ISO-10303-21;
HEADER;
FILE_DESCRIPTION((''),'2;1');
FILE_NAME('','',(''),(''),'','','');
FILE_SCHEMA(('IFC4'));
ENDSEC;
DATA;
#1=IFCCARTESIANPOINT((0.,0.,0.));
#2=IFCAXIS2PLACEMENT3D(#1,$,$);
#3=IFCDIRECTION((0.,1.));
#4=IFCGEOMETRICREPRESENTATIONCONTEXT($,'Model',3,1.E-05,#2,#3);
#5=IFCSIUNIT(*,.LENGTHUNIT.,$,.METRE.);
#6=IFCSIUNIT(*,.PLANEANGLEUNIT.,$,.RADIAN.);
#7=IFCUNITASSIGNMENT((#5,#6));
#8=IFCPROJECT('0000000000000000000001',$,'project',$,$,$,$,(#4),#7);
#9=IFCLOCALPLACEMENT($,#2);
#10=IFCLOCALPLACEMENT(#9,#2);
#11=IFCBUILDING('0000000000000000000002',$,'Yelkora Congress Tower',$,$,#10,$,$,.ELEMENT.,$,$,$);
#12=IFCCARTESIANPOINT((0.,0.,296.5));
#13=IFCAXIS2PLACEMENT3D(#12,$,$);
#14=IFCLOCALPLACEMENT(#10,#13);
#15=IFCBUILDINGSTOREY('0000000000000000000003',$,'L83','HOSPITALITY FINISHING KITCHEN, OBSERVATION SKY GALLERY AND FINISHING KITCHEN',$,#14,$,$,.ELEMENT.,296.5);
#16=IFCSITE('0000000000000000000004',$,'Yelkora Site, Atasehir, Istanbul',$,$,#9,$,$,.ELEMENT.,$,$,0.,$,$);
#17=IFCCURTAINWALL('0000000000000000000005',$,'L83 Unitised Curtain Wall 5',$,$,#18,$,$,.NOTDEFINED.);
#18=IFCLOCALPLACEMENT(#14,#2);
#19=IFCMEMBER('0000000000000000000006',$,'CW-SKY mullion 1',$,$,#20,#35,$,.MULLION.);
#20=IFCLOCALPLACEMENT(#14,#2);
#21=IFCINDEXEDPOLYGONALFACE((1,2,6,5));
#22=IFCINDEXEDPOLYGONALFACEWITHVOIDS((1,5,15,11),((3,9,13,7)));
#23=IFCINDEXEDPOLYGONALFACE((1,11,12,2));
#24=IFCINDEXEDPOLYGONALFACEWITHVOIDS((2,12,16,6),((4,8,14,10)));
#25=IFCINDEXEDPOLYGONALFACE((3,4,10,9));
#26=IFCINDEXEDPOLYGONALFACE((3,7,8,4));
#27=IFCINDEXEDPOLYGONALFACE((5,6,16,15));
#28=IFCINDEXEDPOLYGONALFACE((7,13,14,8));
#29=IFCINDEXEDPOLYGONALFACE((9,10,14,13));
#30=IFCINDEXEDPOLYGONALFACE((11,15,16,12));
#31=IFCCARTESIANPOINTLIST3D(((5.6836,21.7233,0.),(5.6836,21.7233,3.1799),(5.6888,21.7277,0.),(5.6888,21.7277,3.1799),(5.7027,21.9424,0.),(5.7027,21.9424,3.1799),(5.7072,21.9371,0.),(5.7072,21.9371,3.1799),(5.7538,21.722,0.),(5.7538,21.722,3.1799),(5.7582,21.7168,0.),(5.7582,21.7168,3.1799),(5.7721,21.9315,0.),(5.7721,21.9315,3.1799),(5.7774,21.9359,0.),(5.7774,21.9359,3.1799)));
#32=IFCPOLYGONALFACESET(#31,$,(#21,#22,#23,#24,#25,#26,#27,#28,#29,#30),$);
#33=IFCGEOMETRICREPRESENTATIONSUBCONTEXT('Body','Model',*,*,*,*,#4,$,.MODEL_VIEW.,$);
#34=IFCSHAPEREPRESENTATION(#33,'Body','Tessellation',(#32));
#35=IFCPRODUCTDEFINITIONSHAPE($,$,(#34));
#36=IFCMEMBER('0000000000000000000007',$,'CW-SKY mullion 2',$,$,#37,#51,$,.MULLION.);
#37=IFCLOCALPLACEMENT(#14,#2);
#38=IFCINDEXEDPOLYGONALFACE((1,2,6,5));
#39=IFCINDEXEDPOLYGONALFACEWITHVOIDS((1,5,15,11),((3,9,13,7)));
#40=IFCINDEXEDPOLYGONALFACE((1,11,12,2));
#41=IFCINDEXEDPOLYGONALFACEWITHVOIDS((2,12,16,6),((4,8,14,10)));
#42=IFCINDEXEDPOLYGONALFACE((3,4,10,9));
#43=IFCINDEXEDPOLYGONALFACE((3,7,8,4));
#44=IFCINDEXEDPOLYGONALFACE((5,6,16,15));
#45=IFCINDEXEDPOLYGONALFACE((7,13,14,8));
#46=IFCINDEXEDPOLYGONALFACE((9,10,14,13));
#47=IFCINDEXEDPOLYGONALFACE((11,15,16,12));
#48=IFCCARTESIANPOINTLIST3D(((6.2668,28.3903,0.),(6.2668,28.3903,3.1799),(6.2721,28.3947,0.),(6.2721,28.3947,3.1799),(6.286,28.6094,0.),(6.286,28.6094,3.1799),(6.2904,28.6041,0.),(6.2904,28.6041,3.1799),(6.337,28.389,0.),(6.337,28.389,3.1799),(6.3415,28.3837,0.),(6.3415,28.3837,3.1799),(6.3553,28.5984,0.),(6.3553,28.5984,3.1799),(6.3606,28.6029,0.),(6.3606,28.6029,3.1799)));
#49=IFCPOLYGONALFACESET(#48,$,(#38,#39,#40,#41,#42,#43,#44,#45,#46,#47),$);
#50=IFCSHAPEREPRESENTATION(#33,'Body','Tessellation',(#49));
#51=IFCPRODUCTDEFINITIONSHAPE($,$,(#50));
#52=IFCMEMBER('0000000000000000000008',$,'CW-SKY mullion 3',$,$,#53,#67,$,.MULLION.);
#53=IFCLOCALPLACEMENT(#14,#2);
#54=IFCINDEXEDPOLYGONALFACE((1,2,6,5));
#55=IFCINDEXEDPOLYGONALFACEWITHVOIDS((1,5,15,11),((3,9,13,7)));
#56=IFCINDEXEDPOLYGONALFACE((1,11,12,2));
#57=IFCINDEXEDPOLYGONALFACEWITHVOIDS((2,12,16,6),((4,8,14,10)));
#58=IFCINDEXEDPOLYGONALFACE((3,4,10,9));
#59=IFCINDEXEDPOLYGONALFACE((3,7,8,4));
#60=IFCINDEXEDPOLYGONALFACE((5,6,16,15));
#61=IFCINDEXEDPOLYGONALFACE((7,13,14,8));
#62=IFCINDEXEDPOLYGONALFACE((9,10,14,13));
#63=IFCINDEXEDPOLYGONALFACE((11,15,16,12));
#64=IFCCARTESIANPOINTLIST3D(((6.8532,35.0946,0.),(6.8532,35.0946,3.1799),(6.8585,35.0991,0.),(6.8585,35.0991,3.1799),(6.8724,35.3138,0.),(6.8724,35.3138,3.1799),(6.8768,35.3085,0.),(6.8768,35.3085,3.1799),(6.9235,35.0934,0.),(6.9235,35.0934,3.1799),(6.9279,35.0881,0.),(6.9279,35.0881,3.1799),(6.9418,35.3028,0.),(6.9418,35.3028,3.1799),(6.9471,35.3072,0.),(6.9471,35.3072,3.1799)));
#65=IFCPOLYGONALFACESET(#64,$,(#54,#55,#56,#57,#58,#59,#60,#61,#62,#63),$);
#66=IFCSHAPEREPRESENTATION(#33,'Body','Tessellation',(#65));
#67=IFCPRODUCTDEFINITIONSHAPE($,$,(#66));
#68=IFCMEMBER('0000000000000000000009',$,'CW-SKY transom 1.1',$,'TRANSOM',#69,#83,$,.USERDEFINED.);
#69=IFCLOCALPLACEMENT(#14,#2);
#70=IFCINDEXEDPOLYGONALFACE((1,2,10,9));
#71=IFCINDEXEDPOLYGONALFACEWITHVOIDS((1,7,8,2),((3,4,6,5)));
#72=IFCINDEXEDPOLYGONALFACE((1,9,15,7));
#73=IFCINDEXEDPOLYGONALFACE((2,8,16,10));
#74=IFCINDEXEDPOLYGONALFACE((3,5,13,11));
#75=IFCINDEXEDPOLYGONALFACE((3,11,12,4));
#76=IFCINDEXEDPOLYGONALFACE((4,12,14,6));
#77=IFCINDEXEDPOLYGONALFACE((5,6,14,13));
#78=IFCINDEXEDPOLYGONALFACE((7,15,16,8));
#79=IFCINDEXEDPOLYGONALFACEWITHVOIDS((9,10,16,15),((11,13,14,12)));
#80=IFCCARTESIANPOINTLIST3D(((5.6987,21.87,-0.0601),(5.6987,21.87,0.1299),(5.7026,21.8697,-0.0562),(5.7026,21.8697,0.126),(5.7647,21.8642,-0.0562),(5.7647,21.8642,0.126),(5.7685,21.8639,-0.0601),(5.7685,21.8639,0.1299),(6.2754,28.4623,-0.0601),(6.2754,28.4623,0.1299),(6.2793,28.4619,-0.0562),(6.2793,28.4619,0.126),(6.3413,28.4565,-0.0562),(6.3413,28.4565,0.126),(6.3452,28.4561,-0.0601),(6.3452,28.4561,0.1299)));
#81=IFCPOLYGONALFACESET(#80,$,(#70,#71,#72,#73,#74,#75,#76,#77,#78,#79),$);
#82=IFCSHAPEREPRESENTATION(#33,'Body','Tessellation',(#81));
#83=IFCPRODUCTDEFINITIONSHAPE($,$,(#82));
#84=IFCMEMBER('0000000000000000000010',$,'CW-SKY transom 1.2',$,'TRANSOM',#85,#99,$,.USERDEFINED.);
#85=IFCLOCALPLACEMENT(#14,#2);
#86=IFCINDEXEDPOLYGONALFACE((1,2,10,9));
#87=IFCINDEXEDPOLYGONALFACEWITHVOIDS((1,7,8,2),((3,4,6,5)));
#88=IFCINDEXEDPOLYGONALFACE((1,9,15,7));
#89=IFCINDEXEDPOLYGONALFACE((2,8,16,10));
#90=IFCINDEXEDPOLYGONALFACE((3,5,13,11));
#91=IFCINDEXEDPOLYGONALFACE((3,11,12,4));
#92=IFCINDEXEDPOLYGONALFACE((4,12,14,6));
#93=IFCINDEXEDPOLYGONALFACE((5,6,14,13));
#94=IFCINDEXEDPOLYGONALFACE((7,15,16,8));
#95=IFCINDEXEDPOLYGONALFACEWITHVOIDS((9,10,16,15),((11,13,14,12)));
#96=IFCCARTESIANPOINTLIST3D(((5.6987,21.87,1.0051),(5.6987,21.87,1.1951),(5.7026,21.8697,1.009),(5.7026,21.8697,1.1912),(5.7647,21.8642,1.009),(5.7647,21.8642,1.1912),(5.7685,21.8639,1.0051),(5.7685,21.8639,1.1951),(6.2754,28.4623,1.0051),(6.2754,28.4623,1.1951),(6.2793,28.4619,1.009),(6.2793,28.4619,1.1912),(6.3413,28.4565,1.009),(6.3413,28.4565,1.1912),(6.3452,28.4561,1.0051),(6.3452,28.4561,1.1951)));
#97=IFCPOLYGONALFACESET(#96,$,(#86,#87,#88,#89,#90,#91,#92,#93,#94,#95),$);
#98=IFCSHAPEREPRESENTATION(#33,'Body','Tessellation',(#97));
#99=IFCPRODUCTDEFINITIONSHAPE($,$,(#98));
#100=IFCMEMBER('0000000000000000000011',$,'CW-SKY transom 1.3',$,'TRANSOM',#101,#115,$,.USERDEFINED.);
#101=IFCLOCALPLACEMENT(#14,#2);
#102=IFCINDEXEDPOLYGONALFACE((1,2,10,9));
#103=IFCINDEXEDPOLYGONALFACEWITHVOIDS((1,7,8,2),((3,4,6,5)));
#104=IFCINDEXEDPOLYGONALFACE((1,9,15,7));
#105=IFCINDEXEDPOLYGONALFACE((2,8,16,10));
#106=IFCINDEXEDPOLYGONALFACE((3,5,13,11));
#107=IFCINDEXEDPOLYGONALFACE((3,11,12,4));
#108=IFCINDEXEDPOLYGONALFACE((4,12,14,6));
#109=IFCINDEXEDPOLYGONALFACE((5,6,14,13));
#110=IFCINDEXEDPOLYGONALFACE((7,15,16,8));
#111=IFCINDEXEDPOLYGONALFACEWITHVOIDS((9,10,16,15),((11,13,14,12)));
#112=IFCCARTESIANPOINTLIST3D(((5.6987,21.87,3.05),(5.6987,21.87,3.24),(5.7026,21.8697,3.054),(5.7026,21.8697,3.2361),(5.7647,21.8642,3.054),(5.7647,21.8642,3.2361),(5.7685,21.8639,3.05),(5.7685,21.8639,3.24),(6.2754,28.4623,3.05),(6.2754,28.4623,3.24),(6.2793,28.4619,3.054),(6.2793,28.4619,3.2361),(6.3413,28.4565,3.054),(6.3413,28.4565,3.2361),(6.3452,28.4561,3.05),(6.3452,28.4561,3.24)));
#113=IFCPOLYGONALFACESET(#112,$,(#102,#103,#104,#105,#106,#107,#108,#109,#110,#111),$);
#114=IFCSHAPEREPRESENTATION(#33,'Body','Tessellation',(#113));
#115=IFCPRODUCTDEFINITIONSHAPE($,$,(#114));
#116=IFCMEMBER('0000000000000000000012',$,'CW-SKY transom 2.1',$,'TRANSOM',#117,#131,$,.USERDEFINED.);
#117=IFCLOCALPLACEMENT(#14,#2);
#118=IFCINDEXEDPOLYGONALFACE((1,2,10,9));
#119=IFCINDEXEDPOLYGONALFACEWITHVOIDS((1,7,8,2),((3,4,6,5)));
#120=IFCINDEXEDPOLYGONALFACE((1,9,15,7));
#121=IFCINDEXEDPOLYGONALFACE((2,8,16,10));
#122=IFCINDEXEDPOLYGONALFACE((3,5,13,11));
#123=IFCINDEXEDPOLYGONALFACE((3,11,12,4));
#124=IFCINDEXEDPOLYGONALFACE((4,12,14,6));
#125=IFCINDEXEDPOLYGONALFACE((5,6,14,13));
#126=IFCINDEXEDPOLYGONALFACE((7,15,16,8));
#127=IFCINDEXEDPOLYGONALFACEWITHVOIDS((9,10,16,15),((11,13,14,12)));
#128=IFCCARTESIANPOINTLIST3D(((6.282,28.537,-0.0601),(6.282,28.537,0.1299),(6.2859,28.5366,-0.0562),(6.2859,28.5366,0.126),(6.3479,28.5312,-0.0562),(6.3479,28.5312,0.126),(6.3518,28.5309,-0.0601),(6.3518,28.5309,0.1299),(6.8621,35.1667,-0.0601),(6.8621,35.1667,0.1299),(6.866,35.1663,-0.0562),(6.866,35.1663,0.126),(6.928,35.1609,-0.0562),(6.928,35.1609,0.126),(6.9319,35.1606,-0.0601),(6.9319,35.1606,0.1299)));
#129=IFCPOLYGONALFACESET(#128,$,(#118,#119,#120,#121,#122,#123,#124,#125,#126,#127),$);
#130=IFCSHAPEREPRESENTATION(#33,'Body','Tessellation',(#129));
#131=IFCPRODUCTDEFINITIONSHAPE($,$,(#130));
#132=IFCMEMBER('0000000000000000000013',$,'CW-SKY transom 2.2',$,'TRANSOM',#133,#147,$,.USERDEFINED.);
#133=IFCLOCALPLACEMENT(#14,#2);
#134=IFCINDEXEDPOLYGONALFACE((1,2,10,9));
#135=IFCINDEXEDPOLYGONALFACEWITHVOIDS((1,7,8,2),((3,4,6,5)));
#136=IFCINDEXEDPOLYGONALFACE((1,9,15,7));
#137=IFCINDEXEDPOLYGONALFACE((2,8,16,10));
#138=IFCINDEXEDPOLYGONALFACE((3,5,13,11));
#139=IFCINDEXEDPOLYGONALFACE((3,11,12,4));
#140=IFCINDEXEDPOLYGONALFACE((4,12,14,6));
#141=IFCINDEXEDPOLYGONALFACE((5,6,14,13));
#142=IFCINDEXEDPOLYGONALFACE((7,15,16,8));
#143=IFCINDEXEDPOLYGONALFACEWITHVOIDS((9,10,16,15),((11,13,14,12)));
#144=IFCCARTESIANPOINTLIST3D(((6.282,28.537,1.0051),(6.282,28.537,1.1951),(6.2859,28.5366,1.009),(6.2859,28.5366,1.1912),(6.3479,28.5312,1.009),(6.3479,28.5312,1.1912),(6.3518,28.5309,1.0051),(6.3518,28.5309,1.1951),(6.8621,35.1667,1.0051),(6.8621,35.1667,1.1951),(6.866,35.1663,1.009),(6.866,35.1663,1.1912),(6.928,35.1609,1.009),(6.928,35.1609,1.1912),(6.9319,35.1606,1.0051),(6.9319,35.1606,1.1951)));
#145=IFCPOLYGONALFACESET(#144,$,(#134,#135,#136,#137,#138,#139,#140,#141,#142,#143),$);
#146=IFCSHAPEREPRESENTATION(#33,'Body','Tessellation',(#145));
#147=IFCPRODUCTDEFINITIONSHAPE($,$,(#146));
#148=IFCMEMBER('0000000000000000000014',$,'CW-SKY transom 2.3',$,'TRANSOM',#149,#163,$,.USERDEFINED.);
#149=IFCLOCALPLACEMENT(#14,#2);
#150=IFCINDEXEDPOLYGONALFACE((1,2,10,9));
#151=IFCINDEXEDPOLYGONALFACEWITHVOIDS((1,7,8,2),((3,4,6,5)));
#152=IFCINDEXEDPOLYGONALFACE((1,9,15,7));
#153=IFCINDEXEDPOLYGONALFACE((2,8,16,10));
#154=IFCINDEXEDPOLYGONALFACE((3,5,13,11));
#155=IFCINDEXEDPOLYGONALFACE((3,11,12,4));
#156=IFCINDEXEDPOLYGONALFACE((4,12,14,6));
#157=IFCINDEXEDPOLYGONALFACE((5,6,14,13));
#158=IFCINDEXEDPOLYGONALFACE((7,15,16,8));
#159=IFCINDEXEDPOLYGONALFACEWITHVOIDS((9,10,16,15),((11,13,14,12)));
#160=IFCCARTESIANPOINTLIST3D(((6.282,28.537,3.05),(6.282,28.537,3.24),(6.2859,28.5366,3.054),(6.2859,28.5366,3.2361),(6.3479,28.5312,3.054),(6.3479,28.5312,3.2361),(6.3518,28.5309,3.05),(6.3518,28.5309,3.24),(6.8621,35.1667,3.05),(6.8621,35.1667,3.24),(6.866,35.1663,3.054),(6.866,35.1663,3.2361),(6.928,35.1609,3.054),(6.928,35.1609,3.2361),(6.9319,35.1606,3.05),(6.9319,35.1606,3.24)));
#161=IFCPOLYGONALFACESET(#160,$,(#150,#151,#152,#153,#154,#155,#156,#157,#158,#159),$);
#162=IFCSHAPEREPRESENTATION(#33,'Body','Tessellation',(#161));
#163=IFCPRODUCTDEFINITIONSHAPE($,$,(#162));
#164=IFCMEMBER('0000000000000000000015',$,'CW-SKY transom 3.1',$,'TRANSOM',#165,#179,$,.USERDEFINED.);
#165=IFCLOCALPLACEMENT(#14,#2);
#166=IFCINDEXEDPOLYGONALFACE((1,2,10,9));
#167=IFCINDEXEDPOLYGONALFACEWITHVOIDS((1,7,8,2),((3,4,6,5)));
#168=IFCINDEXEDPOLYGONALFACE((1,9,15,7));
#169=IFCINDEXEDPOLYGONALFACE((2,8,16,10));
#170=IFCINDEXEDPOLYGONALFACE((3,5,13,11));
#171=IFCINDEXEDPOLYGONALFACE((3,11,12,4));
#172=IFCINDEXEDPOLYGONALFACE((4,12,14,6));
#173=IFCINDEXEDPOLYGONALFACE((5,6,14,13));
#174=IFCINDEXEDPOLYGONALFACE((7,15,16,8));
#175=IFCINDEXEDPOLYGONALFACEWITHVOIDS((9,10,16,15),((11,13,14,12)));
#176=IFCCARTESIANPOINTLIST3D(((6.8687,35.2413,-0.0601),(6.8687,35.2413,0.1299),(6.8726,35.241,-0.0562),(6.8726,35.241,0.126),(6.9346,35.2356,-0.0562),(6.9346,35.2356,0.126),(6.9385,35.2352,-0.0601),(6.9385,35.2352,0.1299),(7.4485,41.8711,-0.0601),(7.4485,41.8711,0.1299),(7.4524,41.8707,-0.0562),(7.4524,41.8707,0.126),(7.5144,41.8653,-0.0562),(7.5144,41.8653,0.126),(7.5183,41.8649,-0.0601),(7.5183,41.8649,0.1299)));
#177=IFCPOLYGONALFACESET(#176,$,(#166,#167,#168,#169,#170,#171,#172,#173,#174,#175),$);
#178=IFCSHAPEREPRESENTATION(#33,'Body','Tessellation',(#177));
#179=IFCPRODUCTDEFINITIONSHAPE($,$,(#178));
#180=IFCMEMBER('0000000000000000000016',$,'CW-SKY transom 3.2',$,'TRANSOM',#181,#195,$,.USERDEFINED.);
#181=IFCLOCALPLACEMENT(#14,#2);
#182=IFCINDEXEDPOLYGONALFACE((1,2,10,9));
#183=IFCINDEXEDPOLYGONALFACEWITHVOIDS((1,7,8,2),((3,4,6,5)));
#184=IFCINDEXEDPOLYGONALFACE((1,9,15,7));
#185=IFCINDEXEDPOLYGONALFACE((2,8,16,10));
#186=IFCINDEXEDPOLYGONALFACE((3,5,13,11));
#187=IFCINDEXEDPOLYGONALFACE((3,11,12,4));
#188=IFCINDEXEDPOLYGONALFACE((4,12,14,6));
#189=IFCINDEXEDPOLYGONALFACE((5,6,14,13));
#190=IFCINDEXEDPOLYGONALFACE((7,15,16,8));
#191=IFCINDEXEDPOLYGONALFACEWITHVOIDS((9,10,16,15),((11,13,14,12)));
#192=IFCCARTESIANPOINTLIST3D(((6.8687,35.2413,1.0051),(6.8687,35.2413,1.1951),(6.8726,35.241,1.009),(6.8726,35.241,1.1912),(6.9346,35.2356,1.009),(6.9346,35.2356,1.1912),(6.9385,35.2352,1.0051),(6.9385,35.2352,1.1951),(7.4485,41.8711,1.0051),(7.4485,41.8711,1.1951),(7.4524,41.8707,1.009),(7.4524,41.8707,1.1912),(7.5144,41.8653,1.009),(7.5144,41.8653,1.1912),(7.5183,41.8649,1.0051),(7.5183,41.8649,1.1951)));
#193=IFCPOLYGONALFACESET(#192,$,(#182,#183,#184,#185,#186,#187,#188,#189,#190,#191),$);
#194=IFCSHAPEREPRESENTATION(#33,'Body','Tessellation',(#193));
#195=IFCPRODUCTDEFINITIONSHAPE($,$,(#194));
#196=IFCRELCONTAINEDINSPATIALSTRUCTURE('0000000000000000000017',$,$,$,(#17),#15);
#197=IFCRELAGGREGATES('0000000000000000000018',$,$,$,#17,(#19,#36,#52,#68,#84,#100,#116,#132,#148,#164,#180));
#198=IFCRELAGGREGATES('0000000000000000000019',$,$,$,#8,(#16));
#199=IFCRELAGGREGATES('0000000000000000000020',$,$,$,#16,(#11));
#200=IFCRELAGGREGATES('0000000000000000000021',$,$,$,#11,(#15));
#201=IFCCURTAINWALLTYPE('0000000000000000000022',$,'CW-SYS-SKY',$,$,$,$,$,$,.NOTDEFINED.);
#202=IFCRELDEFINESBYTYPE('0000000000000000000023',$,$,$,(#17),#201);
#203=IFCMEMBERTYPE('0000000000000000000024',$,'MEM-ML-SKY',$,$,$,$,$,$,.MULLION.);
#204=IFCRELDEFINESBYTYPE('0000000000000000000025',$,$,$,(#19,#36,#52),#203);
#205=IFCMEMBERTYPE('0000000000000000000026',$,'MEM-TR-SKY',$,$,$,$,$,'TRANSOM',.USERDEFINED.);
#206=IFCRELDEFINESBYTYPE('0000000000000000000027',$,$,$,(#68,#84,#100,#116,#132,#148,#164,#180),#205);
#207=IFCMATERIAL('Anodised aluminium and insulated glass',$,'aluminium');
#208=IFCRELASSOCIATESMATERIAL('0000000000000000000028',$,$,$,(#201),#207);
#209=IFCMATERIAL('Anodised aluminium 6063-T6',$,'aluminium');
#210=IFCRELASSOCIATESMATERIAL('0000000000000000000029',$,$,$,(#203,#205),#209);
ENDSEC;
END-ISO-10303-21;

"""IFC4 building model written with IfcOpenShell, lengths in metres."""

from ifc_helpers import new_model, si_unit, direction, frame, origin, origin_2d, place, context, subcontext, project, spatial, hollow_rectangle, extrude, material, material_profile, profile_set, type_object, element, aggregate, save


model = new_model("IFC4")

# Units and contexts
model_context = context("Model", 3, precision=1e-05, world=origin(), true_north=direction((0.0, 1.0)))
body_context = subcontext(model_context, "Body", "Model", "MODEL_VIEW")
ifc_project = project(units=[si_unit("LENGTHUNIT", "METRE"), si_unit("PLANEANGLEUNIT", "RADIAN")], contexts=[model_context])

# Site, building, storey
site_placement = place(None, origin())
site = spatial("IfcSite", under=ifc_project, at=site_placement, Name="Yelkora Site, Atasehir, Istanbul", CompositionType="ELEMENT", RefElevation=0.0)
building_placement = place(site_placement, origin())
building = spatial("IfcBuilding", under=site, at=building_placement, Name="Yelkora Congress Tower", CompositionType="ELEMENT")
storey_placement = place(building_placement, frame((0.0, 0.0, 296.5)))
storey = spatial("IfcBuildingStorey", under=building, at=storey_placement, Name="L83", Description="HOSPITALITY FINISHING KITCHEN, OBSERVATION SKY GALLERY AND FINISHING KITCHEN", CompositionType="ELEMENT", Elevation=296.5)

# Curtain wall, members
ifc_material_1 = material(Name="Anodised aluminium and insulated glass", Category="aluminium")
curtain_wall_type = type_object("IfcCurtainWallType", Name="CW-SYS-SKY", PredefinedType="NOTDEFINED", material=ifc_material_1)
curtain_wall_placement = place(storey_placement, origin())
curtain_wall = element("IfcCurtainWall", 1, at=curtain_wall_placement, inside=storey, type_object=curtain_wall_type, Name="L83 Unitised Curtain Wall 5", PredefinedType="NOTDEFINED")
ifc_material_2 = material(Name="Anodised aluminium 6063-T6", Category="aluminium")
ifc_material_profile_1 = material_profile(ifc_material_2, hollow_rectangle(XDim=0.075, YDim=0.22, WallThickness=0.0049, at=origin_2d()), Name="ALU 75x220x5")
ifc_profile_set_1 = profile_set([ifc_material_profile_1], Name="Anodised aluminium 6063-T6")
member_type_1 = type_object("IfcMemberType", Name="MEM-ML-SKY", PredefinedType="MULLION", material=ifc_profile_set_1)
member_1_placement = place(storey_placement, frame((5.7305, 21.8296, 0.0), z_axis=(0.0, 0.0, 1.0), x_axis=(-0.996195, 0.087155, 0.0)))
member_1 = element("IfcMember", 2, at=member_1_placement, type_object=member_type_1, Name="CW-SKY mullion 1", PredefinedType="MULLION", context=body_context, shape_type="SweptSolid", body=[
    extrude(hollow_rectangle(XDim=0.075, YDim=0.22, WallThickness=0.0049, at=origin_2d()), origin(), (0.0, 0.0, 1.0), 3.1799),
])
member_2_placement = place(storey_placement, frame((6.3137, 28.4966, 0.0), z_axis=(0.0, 0.0, 1.0), x_axis=(-0.996195, 0.087155, 0.0)))
member_2 = element("IfcMember", 3, at=member_2_placement, type_object=member_type_1, Name="CW-SKY mullion 2", PredefinedType="MULLION", context=body_context, shape_type="SweptSolid", body=[
    extrude(hollow_rectangle(XDim=0.075, YDim=0.22, WallThickness=0.0049, at=origin_2d()), origin(), (0.0, 0.0, 1.0), 3.1799),
])
member_3_placement = place(storey_placement, frame((6.9001, 35.2009, 0.0), z_axis=(0.0, 0.0, 1.0), x_axis=(-0.996195, 0.087155, 0.0)))
member_3 = element("IfcMember", 4, at=member_3_placement, type_object=member_type_1, Name="CW-SKY mullion 3", PredefinedType="MULLION", context=body_context, shape_type="SweptSolid", body=[
    extrude(hollow_rectangle(XDim=0.075, YDim=0.22, WallThickness=0.0049, at=origin_2d()), origin(), (0.0, 0.0, 1.0), 3.1799),
])
ifc_material_profile_2 = material_profile(ifc_material_2, hollow_rectangle(XDim=0.0701, YDim=0.1899, WallThickness=0.0039, at=origin_2d()), Name="ALU 70x190x4")
ifc_profile_set_2 = profile_set([ifc_material_profile_2], Name="Anodised aluminium 6063-T6")
member_type_2 = type_object("IfcMemberType", Name="MEM-TR-SKY", ElementType="TRANSOM", PredefinedType="USERDEFINED", material=ifc_profile_set_2)
member_4_placement = place(storey_placement, frame((5.7336, 21.8669, 0.0349), z_axis=(0.087142, 0.996196, 0.0), x_axis=(-0.996196, 0.087142, 0.0)))
member_4 = element("IfcMember", 5, at=member_4_placement, type_object=member_type_2, Name="CW-SKY transom 1.1", ObjectType="TRANSOM", PredefinedType="USERDEFINED", context=body_context, shape_type="SweptSolid", body=[
    extrude(hollow_rectangle(XDim=0.0701, YDim=0.1899, WallThickness=0.0039, at=origin_2d()), origin(), (0.0, 0.0, 1.0), 6.6174),
])
member_5_placement = place(storey_placement, frame((5.7336, 21.8669, 1.1001), z_axis=(0.087142, 0.996196, 0.0), x_axis=(-0.996196, 0.087142, 0.0)))
member_5 = element("IfcMember", 6, at=member_5_placement, type_object=member_type_2, Name="CW-SKY transom 1.2", ObjectType="TRANSOM", PredefinedType="USERDEFINED", context=body_context, shape_type="SweptSolid", body=[
    extrude(hollow_rectangle(XDim=0.0701, YDim=0.1899, WallThickness=0.0039, at=origin_2d()), origin(), (0.0, 0.0, 1.0), 6.6174),
])
member_6_placement = place(storey_placement, frame((5.7336, 21.8669, 3.145), z_axis=(0.087142, 0.996196, 0.0), x_axis=(-0.996196, 0.087142, 0.0)))
member_6 = element("IfcMember", 7, at=member_6_placement, type_object=member_type_2, Name="CW-SKY transom 1.3", ObjectType="TRANSOM", PredefinedType="USERDEFINED", context=body_context, shape_type="SweptSolid", body=[
    extrude(hollow_rectangle(XDim=0.0701, YDim=0.1899, WallThickness=0.0039, at=origin_2d()), origin(), (0.0, 0.0, 1.0), 6.6174),
])
member_7_placement = place(storey_placement, frame((6.3169, 28.5339, 0.0349), z_axis=(0.087165, 0.996194, 0.0), x_axis=(-0.996194, 0.087165, 0.0)))
member_7 = element("IfcMember", 8, at=member_7_placement, type_object=member_type_2, Name="CW-SKY transom 2.1", ObjectType="TRANSOM", PredefinedType="USERDEFINED", context=body_context, shape_type="SweptSolid", body=[
    extrude(hollow_rectangle(XDim=0.0701, YDim=0.1899, WallThickness=0.0039, at=origin_2d()), origin(), (0.0, 0.0, 1.0), 6.655),
])
member_8_placement = place(storey_placement, frame((6.3169, 28.5339, 1.1001), z_axis=(0.087165, 0.996194, 0.0), x_axis=(-0.996194, 0.087165, 0.0)))
member_8 = element("IfcMember", 9, at=member_8_placement, type_object=member_type_2, Name="CW-SKY transom 2.2", ObjectType="TRANSOM", PredefinedType="USERDEFINED", context=body_context, shape_type="SweptSolid", body=[
    extrude(hollow_rectangle(XDim=0.0701, YDim=0.1899, WallThickness=0.0039, at=origin_2d()), origin(), (0.0, 0.0, 1.0), 6.655),
])
member_9_placement = place(storey_placement, frame((6.3169, 28.5339, 3.145), z_axis=(0.087165, 0.996194, 0.0), x_axis=(-0.996194, 0.087165, 0.0)))
member_9 = element("IfcMember", 10, at=member_9_placement, type_object=member_type_2, Name="CW-SKY transom 2.3", ObjectType="TRANSOM", PredefinedType="USERDEFINED", context=body_context, shape_type="SweptSolid", body=[
    extrude(hollow_rectangle(XDim=0.0701, YDim=0.1899, WallThickness=0.0039, at=origin_2d()), origin(), (0.0, 0.0, 1.0), 6.655),
])
member_10_placement = place(storey_placement, frame((6.9036, 35.2383, 0.0349), z_axis=(0.087128, 0.996197, 0.0), x_axis=(-0.996197, 0.087128, 0.0)))
member_10 = element("IfcMember", 11, at=member_10_placement, type_object=member_type_2, Name="CW-SKY transom 3.1", ObjectType="TRANSOM", PredefinedType="USERDEFINED", context=body_context, shape_type="SweptSolid", body=[
    extrude(hollow_rectangle(XDim=0.0701, YDim=0.1899, WallThickness=0.0039, at=origin_2d()), origin(), (0.0, 0.0, 1.0), 6.655),
])
member_11_placement = place(storey_placement, frame((6.9036, 35.2383, 1.1001), z_axis=(0.087128, 0.996197, 0.0), x_axis=(-0.996197, 0.087128, 0.0)))
member_11 = element("IfcMember", 12, at=member_11_placement, type_object=member_type_2, Name="CW-SKY transom 3.2", ObjectType="TRANSOM", PredefinedType="USERDEFINED", context=body_context, shape_type="SweptSolid", body=[
    extrude(hollow_rectangle(XDim=0.0701, YDim=0.1899, WallThickness=0.0039, at=origin_2d()), origin(), (0.0, 0.0, 1.0), 6.655),
])
aggregate(curtain_wall, [member_1, member_2, member_3, member_4, member_5, member_6, member_7, member_8, member_9, member_10, member_11])

save(model, "model.ifc")
